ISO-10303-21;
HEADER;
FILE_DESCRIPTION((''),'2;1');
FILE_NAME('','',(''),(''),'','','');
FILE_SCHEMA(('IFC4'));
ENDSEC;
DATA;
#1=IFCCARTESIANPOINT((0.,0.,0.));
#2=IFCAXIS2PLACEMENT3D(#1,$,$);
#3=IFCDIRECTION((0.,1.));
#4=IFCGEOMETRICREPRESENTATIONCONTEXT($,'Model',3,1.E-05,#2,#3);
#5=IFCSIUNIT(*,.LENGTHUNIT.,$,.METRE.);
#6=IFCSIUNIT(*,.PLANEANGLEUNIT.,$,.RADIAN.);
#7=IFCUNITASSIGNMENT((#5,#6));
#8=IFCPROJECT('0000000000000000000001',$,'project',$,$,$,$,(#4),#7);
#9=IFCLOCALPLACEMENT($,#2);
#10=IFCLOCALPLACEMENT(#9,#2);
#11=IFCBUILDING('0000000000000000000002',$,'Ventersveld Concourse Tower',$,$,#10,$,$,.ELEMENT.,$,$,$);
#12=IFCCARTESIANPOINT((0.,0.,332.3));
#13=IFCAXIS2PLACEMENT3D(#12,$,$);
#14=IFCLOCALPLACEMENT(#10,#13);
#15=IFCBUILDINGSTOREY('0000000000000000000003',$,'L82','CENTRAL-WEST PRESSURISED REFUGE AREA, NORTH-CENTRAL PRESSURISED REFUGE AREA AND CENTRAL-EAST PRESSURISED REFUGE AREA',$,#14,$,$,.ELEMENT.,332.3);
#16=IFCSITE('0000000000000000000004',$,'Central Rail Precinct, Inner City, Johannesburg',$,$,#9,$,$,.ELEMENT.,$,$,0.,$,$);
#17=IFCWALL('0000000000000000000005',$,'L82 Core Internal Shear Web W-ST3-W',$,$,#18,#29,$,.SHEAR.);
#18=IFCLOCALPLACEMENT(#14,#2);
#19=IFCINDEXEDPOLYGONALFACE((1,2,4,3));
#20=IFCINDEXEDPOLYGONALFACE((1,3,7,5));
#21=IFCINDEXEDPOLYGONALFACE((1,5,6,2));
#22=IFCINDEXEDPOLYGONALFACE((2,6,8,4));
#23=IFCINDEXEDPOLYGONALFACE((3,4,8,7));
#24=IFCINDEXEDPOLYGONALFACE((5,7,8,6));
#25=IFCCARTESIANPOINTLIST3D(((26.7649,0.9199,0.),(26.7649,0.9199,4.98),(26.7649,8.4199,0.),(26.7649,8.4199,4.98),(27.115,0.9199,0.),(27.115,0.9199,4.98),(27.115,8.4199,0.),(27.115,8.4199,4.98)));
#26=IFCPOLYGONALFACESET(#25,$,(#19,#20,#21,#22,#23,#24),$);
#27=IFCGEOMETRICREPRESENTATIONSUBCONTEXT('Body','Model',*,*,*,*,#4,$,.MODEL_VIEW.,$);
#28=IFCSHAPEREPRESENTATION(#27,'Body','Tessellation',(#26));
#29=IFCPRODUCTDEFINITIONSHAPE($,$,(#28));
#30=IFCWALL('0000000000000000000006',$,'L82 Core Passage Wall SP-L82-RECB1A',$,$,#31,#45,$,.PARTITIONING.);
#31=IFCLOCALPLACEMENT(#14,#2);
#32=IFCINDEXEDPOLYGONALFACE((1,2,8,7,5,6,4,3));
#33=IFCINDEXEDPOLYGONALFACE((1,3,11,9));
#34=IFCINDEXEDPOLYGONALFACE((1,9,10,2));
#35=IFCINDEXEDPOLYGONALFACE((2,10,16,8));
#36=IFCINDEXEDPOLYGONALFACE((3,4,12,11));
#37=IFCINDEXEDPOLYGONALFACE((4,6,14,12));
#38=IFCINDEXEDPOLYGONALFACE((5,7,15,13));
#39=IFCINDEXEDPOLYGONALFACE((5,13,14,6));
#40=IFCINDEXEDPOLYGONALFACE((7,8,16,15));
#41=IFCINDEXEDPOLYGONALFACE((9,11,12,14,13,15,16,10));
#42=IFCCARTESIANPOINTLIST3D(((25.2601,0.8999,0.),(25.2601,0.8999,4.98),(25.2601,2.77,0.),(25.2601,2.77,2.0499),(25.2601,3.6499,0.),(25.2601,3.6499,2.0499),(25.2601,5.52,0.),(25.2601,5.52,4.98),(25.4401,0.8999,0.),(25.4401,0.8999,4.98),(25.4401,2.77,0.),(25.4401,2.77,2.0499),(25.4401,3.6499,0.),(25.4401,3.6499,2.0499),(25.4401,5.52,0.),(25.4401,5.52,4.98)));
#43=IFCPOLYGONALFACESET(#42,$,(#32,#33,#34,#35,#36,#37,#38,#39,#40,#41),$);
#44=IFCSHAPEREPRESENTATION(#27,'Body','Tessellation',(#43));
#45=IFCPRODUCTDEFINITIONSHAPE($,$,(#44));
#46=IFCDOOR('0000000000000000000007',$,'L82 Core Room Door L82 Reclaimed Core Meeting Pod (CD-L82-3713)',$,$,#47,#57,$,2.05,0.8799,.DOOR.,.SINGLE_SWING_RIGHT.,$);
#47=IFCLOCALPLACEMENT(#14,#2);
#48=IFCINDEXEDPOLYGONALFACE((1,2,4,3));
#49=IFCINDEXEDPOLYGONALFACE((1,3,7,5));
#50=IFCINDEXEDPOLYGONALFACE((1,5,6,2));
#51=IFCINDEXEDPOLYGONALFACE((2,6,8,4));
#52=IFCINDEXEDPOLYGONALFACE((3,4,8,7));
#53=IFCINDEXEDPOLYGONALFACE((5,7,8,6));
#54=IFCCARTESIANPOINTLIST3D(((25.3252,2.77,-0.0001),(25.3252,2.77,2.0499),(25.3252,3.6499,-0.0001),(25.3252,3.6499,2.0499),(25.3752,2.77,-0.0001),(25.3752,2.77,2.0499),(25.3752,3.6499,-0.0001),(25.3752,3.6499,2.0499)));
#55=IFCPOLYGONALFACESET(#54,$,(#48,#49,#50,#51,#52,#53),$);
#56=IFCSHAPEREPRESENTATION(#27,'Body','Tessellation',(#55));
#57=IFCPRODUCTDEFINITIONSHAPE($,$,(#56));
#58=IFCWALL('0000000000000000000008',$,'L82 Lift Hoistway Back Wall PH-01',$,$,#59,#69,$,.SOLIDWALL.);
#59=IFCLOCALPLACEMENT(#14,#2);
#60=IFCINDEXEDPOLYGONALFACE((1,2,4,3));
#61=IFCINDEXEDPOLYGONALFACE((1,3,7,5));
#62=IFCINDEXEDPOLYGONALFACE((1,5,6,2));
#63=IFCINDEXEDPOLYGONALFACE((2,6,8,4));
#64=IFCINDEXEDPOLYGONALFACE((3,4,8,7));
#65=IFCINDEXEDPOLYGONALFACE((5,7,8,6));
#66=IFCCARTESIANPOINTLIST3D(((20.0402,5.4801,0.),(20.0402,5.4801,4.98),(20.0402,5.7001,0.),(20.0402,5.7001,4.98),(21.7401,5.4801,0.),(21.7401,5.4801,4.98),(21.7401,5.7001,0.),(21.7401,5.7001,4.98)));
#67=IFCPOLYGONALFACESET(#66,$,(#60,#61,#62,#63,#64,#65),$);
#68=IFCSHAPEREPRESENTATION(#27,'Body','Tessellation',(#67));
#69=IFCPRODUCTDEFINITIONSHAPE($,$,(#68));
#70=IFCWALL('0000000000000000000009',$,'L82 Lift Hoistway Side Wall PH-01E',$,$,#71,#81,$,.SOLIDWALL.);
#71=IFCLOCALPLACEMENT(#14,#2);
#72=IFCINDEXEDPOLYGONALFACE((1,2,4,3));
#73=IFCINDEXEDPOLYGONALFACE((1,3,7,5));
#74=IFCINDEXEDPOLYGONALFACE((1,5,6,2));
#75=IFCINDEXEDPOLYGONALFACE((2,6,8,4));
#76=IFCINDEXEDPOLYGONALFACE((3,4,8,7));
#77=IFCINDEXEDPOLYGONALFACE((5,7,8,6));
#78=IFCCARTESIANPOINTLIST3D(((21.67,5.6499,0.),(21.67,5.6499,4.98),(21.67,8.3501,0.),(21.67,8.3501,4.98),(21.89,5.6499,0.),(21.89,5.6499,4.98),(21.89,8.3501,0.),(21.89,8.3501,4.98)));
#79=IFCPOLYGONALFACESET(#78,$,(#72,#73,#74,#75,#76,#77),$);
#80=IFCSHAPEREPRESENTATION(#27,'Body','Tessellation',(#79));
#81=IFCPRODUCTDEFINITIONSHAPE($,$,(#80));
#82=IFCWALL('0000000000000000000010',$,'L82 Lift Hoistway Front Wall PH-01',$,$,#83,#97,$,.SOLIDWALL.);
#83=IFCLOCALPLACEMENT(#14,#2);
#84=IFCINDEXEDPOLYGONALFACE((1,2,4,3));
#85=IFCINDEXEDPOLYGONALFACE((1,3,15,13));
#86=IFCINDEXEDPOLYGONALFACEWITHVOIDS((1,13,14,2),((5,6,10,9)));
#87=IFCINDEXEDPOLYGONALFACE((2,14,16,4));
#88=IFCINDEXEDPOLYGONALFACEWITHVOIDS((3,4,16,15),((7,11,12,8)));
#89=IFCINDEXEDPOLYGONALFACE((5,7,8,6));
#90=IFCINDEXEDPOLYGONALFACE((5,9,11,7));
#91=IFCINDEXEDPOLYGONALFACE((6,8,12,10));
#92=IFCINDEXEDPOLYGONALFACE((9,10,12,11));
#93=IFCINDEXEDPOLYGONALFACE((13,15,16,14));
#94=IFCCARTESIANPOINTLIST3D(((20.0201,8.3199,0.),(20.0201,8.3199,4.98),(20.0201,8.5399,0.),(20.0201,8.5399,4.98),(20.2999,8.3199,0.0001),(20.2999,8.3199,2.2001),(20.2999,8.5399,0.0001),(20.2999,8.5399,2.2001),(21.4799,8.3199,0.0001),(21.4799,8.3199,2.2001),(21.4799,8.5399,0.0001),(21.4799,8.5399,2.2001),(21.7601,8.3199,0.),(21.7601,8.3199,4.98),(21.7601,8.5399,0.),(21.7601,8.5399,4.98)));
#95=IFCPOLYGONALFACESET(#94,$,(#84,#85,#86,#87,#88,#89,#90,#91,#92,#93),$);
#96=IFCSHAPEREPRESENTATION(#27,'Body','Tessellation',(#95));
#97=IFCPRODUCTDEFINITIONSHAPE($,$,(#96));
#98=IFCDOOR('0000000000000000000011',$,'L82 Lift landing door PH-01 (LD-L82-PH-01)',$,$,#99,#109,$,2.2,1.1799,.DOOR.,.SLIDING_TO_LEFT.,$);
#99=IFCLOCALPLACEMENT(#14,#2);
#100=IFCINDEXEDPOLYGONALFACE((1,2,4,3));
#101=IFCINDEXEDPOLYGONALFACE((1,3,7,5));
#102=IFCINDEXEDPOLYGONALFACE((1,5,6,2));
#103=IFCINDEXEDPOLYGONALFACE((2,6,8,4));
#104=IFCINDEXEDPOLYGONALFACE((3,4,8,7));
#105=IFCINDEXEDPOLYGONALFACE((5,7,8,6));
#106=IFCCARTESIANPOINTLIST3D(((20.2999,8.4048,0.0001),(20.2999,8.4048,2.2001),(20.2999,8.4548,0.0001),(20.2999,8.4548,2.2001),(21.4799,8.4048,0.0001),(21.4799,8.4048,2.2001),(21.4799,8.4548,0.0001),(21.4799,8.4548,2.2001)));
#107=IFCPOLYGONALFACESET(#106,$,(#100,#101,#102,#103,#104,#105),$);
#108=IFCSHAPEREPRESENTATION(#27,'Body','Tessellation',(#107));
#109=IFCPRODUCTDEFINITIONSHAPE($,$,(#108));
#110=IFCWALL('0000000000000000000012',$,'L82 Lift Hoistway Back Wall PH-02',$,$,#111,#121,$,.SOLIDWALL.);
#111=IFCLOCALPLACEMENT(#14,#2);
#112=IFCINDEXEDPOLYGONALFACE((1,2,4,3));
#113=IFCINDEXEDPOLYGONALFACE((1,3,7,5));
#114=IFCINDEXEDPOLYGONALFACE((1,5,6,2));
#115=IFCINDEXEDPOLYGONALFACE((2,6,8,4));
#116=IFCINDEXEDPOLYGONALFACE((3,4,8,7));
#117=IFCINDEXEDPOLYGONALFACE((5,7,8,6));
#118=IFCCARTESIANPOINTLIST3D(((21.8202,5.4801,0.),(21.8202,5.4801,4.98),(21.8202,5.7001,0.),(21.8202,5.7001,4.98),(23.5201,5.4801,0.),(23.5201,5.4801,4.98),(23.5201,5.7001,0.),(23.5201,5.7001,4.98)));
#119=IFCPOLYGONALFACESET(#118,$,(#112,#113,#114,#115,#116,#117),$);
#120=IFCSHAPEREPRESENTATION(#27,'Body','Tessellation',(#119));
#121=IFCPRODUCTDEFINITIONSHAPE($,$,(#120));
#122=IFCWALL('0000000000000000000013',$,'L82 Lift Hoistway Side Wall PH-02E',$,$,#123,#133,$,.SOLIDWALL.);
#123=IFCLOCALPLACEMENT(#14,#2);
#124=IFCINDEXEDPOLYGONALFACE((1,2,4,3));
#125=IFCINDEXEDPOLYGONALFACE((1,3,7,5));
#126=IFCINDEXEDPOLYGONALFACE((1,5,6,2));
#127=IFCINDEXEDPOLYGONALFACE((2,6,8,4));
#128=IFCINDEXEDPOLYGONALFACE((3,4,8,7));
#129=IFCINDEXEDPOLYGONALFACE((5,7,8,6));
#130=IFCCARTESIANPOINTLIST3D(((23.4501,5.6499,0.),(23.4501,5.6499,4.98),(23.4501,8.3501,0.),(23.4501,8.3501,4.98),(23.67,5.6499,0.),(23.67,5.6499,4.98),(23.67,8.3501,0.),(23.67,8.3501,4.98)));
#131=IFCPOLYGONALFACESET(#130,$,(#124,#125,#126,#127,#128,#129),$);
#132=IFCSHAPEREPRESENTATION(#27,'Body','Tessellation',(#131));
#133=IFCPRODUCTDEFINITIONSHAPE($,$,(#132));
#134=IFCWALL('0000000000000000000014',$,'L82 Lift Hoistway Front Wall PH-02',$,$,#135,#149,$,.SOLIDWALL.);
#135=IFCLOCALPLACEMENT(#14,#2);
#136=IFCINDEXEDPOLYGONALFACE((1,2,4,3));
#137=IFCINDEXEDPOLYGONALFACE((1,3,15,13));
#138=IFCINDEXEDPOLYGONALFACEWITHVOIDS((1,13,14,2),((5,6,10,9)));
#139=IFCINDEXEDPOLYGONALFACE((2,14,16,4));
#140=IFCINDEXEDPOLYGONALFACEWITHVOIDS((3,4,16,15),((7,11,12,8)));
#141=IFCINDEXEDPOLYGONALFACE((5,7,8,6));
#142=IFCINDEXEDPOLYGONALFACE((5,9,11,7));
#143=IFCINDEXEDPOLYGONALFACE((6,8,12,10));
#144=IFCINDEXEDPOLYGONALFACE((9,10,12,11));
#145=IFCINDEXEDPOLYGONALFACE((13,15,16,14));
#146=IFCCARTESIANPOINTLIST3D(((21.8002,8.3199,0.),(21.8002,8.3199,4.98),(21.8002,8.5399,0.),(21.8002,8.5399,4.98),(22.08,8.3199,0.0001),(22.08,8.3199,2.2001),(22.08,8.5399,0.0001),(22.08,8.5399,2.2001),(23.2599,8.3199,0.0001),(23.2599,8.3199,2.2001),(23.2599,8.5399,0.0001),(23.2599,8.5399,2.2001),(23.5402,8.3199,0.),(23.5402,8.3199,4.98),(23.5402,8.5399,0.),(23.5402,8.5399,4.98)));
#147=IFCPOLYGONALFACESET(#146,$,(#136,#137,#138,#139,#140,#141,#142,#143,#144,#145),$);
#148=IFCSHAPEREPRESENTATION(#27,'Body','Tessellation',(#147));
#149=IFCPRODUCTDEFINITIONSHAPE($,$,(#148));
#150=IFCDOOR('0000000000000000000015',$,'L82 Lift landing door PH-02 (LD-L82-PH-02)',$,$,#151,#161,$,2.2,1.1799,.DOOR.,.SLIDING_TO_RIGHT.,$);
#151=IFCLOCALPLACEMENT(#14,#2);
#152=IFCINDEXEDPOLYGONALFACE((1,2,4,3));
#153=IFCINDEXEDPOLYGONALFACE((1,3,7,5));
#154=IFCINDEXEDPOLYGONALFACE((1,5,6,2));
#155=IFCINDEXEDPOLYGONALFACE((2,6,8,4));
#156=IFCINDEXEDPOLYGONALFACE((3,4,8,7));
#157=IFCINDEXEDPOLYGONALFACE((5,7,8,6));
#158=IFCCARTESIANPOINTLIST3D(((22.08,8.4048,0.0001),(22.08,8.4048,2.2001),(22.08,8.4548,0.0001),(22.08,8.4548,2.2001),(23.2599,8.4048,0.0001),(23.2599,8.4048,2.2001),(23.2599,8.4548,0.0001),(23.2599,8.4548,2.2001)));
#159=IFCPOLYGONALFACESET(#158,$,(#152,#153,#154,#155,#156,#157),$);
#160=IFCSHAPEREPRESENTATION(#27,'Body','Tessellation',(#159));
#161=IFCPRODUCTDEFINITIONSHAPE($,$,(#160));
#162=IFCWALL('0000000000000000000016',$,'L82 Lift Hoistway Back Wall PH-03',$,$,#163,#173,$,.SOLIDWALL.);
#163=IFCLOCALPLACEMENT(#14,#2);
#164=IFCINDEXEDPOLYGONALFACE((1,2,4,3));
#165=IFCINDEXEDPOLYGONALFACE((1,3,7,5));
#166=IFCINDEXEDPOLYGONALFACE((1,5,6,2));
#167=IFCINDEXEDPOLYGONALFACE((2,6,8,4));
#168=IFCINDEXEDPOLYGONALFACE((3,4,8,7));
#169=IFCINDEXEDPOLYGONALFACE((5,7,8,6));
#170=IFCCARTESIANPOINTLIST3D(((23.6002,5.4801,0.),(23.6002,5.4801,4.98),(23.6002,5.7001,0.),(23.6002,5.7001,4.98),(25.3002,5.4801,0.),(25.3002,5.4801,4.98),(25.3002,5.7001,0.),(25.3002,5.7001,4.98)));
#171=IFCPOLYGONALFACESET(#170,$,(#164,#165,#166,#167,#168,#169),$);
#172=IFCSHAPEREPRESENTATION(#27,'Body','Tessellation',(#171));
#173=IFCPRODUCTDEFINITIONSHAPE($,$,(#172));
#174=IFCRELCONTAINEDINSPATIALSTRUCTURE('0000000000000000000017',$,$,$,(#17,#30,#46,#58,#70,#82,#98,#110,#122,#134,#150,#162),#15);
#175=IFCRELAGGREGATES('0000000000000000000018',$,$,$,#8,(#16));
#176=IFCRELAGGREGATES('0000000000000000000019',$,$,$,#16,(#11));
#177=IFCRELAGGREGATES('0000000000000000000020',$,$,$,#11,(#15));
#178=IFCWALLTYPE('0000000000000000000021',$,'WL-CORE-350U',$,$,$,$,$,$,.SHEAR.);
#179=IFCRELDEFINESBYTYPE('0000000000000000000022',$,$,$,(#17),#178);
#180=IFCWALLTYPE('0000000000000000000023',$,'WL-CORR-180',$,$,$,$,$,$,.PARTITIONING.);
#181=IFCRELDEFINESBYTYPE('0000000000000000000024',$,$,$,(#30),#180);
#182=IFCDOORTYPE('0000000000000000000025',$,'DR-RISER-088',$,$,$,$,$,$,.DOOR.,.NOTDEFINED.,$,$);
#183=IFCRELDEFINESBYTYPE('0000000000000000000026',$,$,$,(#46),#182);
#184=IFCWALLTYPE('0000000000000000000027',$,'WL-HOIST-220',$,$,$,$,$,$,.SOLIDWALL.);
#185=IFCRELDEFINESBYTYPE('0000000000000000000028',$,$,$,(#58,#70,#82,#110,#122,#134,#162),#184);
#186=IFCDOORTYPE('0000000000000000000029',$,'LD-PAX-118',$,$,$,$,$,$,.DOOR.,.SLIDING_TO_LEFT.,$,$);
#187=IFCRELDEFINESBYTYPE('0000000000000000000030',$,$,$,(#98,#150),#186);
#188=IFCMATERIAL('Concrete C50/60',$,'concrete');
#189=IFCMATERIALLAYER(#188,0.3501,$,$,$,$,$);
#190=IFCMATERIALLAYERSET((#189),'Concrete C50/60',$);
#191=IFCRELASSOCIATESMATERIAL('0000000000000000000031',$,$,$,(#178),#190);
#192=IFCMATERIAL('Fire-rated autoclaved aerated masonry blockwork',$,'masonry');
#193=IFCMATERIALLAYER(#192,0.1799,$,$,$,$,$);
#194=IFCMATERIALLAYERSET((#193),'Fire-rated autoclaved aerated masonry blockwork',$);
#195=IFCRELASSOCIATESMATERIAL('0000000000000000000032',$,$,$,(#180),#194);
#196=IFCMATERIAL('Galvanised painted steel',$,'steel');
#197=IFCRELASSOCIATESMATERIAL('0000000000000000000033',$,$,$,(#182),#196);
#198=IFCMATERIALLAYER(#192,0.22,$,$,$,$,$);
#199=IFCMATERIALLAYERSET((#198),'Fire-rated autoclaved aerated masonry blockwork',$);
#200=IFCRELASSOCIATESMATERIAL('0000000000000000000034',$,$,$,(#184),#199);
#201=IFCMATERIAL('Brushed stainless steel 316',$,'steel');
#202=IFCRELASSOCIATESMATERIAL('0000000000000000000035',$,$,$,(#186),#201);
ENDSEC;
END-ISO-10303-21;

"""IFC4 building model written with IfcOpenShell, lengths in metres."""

from ifc_helpers import new_model, si_unit, direction, frame, frame_2d, origin, place, context, subcontext, project, spatial, rectangle, extrude, material, layer, layer_set, type_object, element, fill, save


model = new_model("IFC4")

# Units and contexts
model_context = context("Model", 3, precision=1e-05, world=origin(), true_north=direction((0.0, 1.0)))
body_context = subcontext(model_context, "Body", "Model", "MODEL_VIEW")
ifc_project = project(units=[si_unit("LENGTHUNIT", "METRE"), si_unit("PLANEANGLEUNIT", "RADIAN")], contexts=[model_context])

# Site, building, storey
site_placement = place(None, origin())
site = spatial("IfcSite", under=ifc_project, at=site_placement, Name="Central Rail Precinct, Inner City, Johannesburg", CompositionType="ELEMENT", RefElevation=0.0)
building_placement = place(site_placement, origin())
building = spatial("IfcBuilding", under=site, at=building_placement, Name="Ventersveld Concourse Tower", CompositionType="ELEMENT")
storey_placement = place(building_placement, frame((0.0, 0.0, 332.3)))
storey = spatial("IfcBuildingStorey", under=building, at=storey_placement, Name="L82", Description="CENTRAL-WEST PRESSURISED REFUGE AREA, NORTH-CENTRAL PRESSURISED REFUGE AREA AND CENTRAL-EAST PRESSURISED REFUGE AREA", CompositionType="ELEMENT", Elevation=332.3)

# Wall
ifc_material_1 = material(Name="Concrete C50/60", Category="concrete")
ifc_layer_1 = layer(ifc_material_1, 0.3501)
ifc_layer_set_1 = layer_set([ifc_layer_1], Name="Concrete C50/60")
wall_type_1 = type_object("IfcWallType", Name="WL-CORE-350U", PredefinedType="SHEAR", material=ifc_layer_set_1)
wall_1_placement = place(storey_placement, frame((26.9399, 0.9199, 0.0), z_axis=(0.0, 0.0, 1.0), x_axis=(0.0, 1.0, 0.0)))
element("IfcWall", 1, at=wall_1_placement, inside=storey, type_object=wall_type_1, Name="L82 Core Internal Shear Web W-ST3-W", PredefinedType="SHEAR", context=body_context, shape_type="SweptSolid", body=[
    extrude(rectangle(XDim=7.5, YDim=0.3501, at=frame_2d((3.75, 0.0))), origin(), (0.0, 0.0, 1.0), 4.98),
])

# Wall, opening, door
ifc_material_2 = material(Name="Fire-rated autoclaved aerated masonry blockwork", Category="masonry")
ifc_layer_2 = layer(ifc_material_2, 0.1799)
ifc_layer_set_2 = layer_set([ifc_layer_2], Name="Fire-rated autoclaved aerated masonry blockwork")
wall_type_2 = type_object("IfcWallType", Name="WL-CORR-180", PredefinedType="PARTITIONING", material=ifc_layer_set_2)
wall_2_placement = place(storey_placement, frame((25.3501, 0.8999, 0.0), z_axis=(0.0, 0.0, 1.0), x_axis=(0.0, 1.0, 0.0)))
wall_2 = element("IfcWall", 2, at=wall_2_placement, inside=storey, type_object=wall_type_2, Name="L82 Core Passage Wall SP-L82-RECB1A", PredefinedType="PARTITIONING", context=body_context, shape_type="SweptSolid", body=[
    extrude(rectangle(XDim=4.6201, YDim=0.1799, at=frame_2d((2.3101, 0.0))), origin(), (0.0, 0.0, 1.0), 4.98),
])
opening_1_placement = place(wall_2_placement, frame((1.8701, 0.0, 0.0)))
opening_1 = element("IfcOpeningElement", 3, at=opening_1_placement, cuts=wall_2, PredefinedType="OPENING", context=body_context, shape_type="SweptSolid", body=[
    extrude(rectangle(XDim=0.8799, YDim=2.05, at=frame_2d((0.4399, 1.0249))), frame((0.0, 0.1001, 0.0), z_axis=(0.0, -1.0, 0.0), x_axis=(1.0, 0.0, 0.0)), (0.0, 0.0, 1.0), 0.2),
])
ifc_material_3 = material(Name="Galvanised painted steel", Category="steel")
door_type_1 = type_object("IfcDoorType", Name="DR-RISER-088", OperationType="NOTDEFINED", PredefinedType="DOOR", material=ifc_material_3)
door_1_placement = place(opening_1_placement, origin())
door_1 = element("IfcDoor", 4, at=door_1_placement, inside=storey, type_object=door_type_1, Name="L82 Core Room Door L82 Reclaimed Core Meeting Pod (CD-L82-3713)", OperationType="SINGLE_SWING_RIGHT", OverallHeight=2.05, OverallWidth=0.8799, PredefinedType="DOOR", context=body_context, shape_type="SweptSolid", body=[
    extrude(rectangle(XDim=0.8799, YDim=2.05, at=frame_2d((0.4399, 1.0249))), frame((0.0, 0.0249, 0.0), z_axis=(0.0, -1.0, 0.0), x_axis=(1.0, 0.0, 0.0)), (0.0, 0.0, 1.0), 0.05),
])
fill(opening_1, door_1)

# Walls
ifc_layer_3 = layer(ifc_material_2, 0.22)
ifc_layer_set_3 = layer_set([ifc_layer_3], Name="Fire-rated autoclaved aerated masonry blockwork")
wall_type_3 = type_object("IfcWallType", Name="WL-HOIST-220", PredefinedType="SOLIDWALL", material=ifc_layer_set_3)
wall_3_placement = place(storey_placement, frame((20.04, 5.5901, 0.0), z_axis=(0.0, 0.0, 1.0), x_axis=(1.0, 0.0, 0.0)))
element("IfcWall", 5, at=wall_3_placement, inside=storey, type_object=wall_type_3, Name="L82 Lift Hoistway Back Wall PH-01", PredefinedType="SOLIDWALL", context=body_context, shape_type="SweptSolid", body=[
    extrude(rectangle(XDim=1.7, YDim=0.22, at=frame_2d((0.8501, 0.0))), origin(), (0.0, 0.0, 1.0), 4.98),
])
wall_4_placement = place(storey_placement, frame((21.78, 5.6499, 0.0), z_axis=(0.0, 0.0, 1.0), x_axis=(0.0, 1.0, 0.0)))
element("IfcWall", 6, at=wall_4_placement, inside=storey, type_object=wall_type_3, Name="L82 Lift Hoistway Side Wall PH-01E", PredefinedType="SOLIDWALL", context=body_context, shape_type="SweptSolid", body=[
    extrude(rectangle(XDim=2.7002, YDim=0.22, at=frame_2d((1.3501, 0.0))), origin(), (0.0, 0.0, 1.0), 4.98),
])

# Wall, opening, door
wall_5_placement = place(storey_placement, frame((20.02, 8.4299, 0.0), z_axis=(0.0, 0.0, 1.0), x_axis=(1.0, 0.0, 0.0)))
wall_5 = element("IfcWall", 7, at=wall_5_placement, inside=storey, type_object=wall_type_3, Name="L82 Lift Hoistway Front Wall PH-01", PredefinedType="SOLIDWALL", context=body_context, shape_type="SweptSolid", body=[
    extrude(rectangle(XDim=1.74, YDim=0.22, at=frame_2d((0.8701, 0.0))), origin(), (0.0, 0.0, 1.0), 4.98),
])
opening_2_placement = place(wall_5_placement, frame((0.28, 0.0, 0.0)))
opening_2 = element("IfcOpeningElement", 8, at=opening_2_placement, cuts=wall_5, PredefinedType="OPENING", context=body_context, shape_type="SweptSolid", body=[
    extrude(rectangle(XDim=1.1799, YDim=2.2, at=frame_2d((0.5898, 1.1001))), frame((0.0, 0.1201, 0.0), z_axis=(0.0, -1.0, 0.0), x_axis=(1.0, 0.0, 0.0)), (0.0, 0.0, 1.0), 0.24),
])
ifc_material_4 = material(Name="Brushed stainless steel 316", Category="steel")
door_type_2 = type_object("IfcDoorType", Name="LD-PAX-118", OperationType="SLIDING_TO_LEFT", PredefinedType="DOOR", material=ifc_material_4)
door_2_placement = place(opening_2_placement, origin())
door_2 = element("IfcDoor", 9, at=door_2_placement, inside=storey, type_object=door_type_2, Name="L82 Lift landing door PH-01 (LD-L82-PH-01)", OperationType="SLIDING_TO_LEFT", OverallHeight=2.2, OverallWidth=1.1799, PredefinedType="DOOR", context=body_context, shape_type="SweptSolid", body=[
    extrude(rectangle(XDim=1.1799, YDim=2.2, at=frame_2d((0.5898, 1.1001))), frame((0.0, 0.0249, 0.0), z_axis=(0.0, -1.0, 0.0), x_axis=(1.0, 0.0, 0.0)), (0.0, 0.0, 1.0), 0.05),
])
fill(opening_2, door_2)

# Walls
wall_6_placement = place(storey_placement, frame((21.8201, 5.5901, 0.0), z_axis=(0.0, 0.0, 1.0), x_axis=(1.0, 0.0, 0.0)))
element("IfcWall", 10, at=wall_6_placement, inside=storey, type_object=wall_type_3, Name="L82 Lift Hoistway Back Wall PH-02", PredefinedType="SOLIDWALL", context=body_context, shape_type="SweptSolid", body=[
    extrude(rectangle(XDim=1.7, YDim=0.22, at=frame_2d((0.8501, 0.0))), origin(), (0.0, 0.0, 1.0), 4.98),
])
wall_7_placement = place(storey_placement, frame((23.5601, 5.6499, 0.0), z_axis=(0.0, 0.0, 1.0), x_axis=(0.0, 1.0, 0.0)))
element("IfcWall", 11, at=wall_7_placement, inside=storey, type_object=wall_type_3, Name="L82 Lift Hoistway Side Wall PH-02E", PredefinedType="SOLIDWALL", context=body_context, shape_type="SweptSolid", body=[
    extrude(rectangle(XDim=2.7002, YDim=0.22, at=frame_2d((1.3501, 0.0))), origin(), (0.0, 0.0, 1.0), 4.98),
])

# Wall, opening, door
wall_8_placement = place(storey_placement, frame((21.8, 8.4299, 0.0), z_axis=(0.0, 0.0, 1.0), x_axis=(1.0, 0.0, 0.0)))
wall_8 = element("IfcWall", 12, at=wall_8_placement, inside=storey, type_object=wall_type_3, Name="L82 Lift Hoistway Front Wall PH-02", PredefinedType="SOLIDWALL", context=body_context, shape_type="SweptSolid", body=[
    extrude(rectangle(XDim=1.74, YDim=0.22, at=frame_2d((0.8701, 0.0))), origin(), (0.0, 0.0, 1.0), 4.98),
])
opening_3_placement = place(wall_8_placement, frame((0.28, 0.0, 0.0)))
opening_3 = element("IfcOpeningElement", 13, at=opening_3_placement, cuts=wall_8, PredefinedType="OPENING", context=body_context, shape_type="SweptSolid", body=[
    extrude(rectangle(XDim=1.1799, YDim=2.2, at=frame_2d((0.5898, 1.1001))), frame((0.0, 0.1201, 0.0), z_axis=(0.0, -1.0, 0.0), x_axis=(1.0, 0.0, 0.0)), (0.0, 0.0, 1.0), 0.24),
])
door_3_placement = place(opening_3_placement, origin())
door_3 = element("IfcDoor", 14, at=door_3_placement, inside=storey, type_object=door_type_2, Name="L82 Lift landing door PH-02 (LD-L82-PH-02)", OperationType="SLIDING_TO_RIGHT", OverallHeight=2.2, OverallWidth=1.1799, PredefinedType="DOOR", context=body_context, shape_type="SweptSolid", body=[
    extrude(rectangle(XDim=1.1799, YDim=2.2, at=frame_2d((0.5898, 1.1001))), frame((0.0, 0.0249, 0.0), z_axis=(0.0, -1.0, 0.0), x_axis=(1.0, 0.0, 0.0)), (0.0, 0.0, 1.0), 0.05),
])
fill(opening_3, door_3)

# Wall
wall_9_placement = place(storey_placement, frame((23.6001, 5.5901, 0.0), z_axis=(0.0, 0.0, 1.0), x_axis=(1.0, 0.0, 0.0)))
element("IfcWall", 15, at=wall_9_placement, inside=storey, type_object=wall_type_3, Name="L82 Lift Hoistway Back Wall PH-03", PredefinedType="SOLIDWALL", context=body_context, shape_type="SweptSolid", body=[
    extrude(rectangle(XDim=1.7, YDim=0.22, at=frame_2d((0.8501, 0.0))), origin(), (0.0, 0.0, 1.0), 4.98),
])

save(model, "model.ifc")
